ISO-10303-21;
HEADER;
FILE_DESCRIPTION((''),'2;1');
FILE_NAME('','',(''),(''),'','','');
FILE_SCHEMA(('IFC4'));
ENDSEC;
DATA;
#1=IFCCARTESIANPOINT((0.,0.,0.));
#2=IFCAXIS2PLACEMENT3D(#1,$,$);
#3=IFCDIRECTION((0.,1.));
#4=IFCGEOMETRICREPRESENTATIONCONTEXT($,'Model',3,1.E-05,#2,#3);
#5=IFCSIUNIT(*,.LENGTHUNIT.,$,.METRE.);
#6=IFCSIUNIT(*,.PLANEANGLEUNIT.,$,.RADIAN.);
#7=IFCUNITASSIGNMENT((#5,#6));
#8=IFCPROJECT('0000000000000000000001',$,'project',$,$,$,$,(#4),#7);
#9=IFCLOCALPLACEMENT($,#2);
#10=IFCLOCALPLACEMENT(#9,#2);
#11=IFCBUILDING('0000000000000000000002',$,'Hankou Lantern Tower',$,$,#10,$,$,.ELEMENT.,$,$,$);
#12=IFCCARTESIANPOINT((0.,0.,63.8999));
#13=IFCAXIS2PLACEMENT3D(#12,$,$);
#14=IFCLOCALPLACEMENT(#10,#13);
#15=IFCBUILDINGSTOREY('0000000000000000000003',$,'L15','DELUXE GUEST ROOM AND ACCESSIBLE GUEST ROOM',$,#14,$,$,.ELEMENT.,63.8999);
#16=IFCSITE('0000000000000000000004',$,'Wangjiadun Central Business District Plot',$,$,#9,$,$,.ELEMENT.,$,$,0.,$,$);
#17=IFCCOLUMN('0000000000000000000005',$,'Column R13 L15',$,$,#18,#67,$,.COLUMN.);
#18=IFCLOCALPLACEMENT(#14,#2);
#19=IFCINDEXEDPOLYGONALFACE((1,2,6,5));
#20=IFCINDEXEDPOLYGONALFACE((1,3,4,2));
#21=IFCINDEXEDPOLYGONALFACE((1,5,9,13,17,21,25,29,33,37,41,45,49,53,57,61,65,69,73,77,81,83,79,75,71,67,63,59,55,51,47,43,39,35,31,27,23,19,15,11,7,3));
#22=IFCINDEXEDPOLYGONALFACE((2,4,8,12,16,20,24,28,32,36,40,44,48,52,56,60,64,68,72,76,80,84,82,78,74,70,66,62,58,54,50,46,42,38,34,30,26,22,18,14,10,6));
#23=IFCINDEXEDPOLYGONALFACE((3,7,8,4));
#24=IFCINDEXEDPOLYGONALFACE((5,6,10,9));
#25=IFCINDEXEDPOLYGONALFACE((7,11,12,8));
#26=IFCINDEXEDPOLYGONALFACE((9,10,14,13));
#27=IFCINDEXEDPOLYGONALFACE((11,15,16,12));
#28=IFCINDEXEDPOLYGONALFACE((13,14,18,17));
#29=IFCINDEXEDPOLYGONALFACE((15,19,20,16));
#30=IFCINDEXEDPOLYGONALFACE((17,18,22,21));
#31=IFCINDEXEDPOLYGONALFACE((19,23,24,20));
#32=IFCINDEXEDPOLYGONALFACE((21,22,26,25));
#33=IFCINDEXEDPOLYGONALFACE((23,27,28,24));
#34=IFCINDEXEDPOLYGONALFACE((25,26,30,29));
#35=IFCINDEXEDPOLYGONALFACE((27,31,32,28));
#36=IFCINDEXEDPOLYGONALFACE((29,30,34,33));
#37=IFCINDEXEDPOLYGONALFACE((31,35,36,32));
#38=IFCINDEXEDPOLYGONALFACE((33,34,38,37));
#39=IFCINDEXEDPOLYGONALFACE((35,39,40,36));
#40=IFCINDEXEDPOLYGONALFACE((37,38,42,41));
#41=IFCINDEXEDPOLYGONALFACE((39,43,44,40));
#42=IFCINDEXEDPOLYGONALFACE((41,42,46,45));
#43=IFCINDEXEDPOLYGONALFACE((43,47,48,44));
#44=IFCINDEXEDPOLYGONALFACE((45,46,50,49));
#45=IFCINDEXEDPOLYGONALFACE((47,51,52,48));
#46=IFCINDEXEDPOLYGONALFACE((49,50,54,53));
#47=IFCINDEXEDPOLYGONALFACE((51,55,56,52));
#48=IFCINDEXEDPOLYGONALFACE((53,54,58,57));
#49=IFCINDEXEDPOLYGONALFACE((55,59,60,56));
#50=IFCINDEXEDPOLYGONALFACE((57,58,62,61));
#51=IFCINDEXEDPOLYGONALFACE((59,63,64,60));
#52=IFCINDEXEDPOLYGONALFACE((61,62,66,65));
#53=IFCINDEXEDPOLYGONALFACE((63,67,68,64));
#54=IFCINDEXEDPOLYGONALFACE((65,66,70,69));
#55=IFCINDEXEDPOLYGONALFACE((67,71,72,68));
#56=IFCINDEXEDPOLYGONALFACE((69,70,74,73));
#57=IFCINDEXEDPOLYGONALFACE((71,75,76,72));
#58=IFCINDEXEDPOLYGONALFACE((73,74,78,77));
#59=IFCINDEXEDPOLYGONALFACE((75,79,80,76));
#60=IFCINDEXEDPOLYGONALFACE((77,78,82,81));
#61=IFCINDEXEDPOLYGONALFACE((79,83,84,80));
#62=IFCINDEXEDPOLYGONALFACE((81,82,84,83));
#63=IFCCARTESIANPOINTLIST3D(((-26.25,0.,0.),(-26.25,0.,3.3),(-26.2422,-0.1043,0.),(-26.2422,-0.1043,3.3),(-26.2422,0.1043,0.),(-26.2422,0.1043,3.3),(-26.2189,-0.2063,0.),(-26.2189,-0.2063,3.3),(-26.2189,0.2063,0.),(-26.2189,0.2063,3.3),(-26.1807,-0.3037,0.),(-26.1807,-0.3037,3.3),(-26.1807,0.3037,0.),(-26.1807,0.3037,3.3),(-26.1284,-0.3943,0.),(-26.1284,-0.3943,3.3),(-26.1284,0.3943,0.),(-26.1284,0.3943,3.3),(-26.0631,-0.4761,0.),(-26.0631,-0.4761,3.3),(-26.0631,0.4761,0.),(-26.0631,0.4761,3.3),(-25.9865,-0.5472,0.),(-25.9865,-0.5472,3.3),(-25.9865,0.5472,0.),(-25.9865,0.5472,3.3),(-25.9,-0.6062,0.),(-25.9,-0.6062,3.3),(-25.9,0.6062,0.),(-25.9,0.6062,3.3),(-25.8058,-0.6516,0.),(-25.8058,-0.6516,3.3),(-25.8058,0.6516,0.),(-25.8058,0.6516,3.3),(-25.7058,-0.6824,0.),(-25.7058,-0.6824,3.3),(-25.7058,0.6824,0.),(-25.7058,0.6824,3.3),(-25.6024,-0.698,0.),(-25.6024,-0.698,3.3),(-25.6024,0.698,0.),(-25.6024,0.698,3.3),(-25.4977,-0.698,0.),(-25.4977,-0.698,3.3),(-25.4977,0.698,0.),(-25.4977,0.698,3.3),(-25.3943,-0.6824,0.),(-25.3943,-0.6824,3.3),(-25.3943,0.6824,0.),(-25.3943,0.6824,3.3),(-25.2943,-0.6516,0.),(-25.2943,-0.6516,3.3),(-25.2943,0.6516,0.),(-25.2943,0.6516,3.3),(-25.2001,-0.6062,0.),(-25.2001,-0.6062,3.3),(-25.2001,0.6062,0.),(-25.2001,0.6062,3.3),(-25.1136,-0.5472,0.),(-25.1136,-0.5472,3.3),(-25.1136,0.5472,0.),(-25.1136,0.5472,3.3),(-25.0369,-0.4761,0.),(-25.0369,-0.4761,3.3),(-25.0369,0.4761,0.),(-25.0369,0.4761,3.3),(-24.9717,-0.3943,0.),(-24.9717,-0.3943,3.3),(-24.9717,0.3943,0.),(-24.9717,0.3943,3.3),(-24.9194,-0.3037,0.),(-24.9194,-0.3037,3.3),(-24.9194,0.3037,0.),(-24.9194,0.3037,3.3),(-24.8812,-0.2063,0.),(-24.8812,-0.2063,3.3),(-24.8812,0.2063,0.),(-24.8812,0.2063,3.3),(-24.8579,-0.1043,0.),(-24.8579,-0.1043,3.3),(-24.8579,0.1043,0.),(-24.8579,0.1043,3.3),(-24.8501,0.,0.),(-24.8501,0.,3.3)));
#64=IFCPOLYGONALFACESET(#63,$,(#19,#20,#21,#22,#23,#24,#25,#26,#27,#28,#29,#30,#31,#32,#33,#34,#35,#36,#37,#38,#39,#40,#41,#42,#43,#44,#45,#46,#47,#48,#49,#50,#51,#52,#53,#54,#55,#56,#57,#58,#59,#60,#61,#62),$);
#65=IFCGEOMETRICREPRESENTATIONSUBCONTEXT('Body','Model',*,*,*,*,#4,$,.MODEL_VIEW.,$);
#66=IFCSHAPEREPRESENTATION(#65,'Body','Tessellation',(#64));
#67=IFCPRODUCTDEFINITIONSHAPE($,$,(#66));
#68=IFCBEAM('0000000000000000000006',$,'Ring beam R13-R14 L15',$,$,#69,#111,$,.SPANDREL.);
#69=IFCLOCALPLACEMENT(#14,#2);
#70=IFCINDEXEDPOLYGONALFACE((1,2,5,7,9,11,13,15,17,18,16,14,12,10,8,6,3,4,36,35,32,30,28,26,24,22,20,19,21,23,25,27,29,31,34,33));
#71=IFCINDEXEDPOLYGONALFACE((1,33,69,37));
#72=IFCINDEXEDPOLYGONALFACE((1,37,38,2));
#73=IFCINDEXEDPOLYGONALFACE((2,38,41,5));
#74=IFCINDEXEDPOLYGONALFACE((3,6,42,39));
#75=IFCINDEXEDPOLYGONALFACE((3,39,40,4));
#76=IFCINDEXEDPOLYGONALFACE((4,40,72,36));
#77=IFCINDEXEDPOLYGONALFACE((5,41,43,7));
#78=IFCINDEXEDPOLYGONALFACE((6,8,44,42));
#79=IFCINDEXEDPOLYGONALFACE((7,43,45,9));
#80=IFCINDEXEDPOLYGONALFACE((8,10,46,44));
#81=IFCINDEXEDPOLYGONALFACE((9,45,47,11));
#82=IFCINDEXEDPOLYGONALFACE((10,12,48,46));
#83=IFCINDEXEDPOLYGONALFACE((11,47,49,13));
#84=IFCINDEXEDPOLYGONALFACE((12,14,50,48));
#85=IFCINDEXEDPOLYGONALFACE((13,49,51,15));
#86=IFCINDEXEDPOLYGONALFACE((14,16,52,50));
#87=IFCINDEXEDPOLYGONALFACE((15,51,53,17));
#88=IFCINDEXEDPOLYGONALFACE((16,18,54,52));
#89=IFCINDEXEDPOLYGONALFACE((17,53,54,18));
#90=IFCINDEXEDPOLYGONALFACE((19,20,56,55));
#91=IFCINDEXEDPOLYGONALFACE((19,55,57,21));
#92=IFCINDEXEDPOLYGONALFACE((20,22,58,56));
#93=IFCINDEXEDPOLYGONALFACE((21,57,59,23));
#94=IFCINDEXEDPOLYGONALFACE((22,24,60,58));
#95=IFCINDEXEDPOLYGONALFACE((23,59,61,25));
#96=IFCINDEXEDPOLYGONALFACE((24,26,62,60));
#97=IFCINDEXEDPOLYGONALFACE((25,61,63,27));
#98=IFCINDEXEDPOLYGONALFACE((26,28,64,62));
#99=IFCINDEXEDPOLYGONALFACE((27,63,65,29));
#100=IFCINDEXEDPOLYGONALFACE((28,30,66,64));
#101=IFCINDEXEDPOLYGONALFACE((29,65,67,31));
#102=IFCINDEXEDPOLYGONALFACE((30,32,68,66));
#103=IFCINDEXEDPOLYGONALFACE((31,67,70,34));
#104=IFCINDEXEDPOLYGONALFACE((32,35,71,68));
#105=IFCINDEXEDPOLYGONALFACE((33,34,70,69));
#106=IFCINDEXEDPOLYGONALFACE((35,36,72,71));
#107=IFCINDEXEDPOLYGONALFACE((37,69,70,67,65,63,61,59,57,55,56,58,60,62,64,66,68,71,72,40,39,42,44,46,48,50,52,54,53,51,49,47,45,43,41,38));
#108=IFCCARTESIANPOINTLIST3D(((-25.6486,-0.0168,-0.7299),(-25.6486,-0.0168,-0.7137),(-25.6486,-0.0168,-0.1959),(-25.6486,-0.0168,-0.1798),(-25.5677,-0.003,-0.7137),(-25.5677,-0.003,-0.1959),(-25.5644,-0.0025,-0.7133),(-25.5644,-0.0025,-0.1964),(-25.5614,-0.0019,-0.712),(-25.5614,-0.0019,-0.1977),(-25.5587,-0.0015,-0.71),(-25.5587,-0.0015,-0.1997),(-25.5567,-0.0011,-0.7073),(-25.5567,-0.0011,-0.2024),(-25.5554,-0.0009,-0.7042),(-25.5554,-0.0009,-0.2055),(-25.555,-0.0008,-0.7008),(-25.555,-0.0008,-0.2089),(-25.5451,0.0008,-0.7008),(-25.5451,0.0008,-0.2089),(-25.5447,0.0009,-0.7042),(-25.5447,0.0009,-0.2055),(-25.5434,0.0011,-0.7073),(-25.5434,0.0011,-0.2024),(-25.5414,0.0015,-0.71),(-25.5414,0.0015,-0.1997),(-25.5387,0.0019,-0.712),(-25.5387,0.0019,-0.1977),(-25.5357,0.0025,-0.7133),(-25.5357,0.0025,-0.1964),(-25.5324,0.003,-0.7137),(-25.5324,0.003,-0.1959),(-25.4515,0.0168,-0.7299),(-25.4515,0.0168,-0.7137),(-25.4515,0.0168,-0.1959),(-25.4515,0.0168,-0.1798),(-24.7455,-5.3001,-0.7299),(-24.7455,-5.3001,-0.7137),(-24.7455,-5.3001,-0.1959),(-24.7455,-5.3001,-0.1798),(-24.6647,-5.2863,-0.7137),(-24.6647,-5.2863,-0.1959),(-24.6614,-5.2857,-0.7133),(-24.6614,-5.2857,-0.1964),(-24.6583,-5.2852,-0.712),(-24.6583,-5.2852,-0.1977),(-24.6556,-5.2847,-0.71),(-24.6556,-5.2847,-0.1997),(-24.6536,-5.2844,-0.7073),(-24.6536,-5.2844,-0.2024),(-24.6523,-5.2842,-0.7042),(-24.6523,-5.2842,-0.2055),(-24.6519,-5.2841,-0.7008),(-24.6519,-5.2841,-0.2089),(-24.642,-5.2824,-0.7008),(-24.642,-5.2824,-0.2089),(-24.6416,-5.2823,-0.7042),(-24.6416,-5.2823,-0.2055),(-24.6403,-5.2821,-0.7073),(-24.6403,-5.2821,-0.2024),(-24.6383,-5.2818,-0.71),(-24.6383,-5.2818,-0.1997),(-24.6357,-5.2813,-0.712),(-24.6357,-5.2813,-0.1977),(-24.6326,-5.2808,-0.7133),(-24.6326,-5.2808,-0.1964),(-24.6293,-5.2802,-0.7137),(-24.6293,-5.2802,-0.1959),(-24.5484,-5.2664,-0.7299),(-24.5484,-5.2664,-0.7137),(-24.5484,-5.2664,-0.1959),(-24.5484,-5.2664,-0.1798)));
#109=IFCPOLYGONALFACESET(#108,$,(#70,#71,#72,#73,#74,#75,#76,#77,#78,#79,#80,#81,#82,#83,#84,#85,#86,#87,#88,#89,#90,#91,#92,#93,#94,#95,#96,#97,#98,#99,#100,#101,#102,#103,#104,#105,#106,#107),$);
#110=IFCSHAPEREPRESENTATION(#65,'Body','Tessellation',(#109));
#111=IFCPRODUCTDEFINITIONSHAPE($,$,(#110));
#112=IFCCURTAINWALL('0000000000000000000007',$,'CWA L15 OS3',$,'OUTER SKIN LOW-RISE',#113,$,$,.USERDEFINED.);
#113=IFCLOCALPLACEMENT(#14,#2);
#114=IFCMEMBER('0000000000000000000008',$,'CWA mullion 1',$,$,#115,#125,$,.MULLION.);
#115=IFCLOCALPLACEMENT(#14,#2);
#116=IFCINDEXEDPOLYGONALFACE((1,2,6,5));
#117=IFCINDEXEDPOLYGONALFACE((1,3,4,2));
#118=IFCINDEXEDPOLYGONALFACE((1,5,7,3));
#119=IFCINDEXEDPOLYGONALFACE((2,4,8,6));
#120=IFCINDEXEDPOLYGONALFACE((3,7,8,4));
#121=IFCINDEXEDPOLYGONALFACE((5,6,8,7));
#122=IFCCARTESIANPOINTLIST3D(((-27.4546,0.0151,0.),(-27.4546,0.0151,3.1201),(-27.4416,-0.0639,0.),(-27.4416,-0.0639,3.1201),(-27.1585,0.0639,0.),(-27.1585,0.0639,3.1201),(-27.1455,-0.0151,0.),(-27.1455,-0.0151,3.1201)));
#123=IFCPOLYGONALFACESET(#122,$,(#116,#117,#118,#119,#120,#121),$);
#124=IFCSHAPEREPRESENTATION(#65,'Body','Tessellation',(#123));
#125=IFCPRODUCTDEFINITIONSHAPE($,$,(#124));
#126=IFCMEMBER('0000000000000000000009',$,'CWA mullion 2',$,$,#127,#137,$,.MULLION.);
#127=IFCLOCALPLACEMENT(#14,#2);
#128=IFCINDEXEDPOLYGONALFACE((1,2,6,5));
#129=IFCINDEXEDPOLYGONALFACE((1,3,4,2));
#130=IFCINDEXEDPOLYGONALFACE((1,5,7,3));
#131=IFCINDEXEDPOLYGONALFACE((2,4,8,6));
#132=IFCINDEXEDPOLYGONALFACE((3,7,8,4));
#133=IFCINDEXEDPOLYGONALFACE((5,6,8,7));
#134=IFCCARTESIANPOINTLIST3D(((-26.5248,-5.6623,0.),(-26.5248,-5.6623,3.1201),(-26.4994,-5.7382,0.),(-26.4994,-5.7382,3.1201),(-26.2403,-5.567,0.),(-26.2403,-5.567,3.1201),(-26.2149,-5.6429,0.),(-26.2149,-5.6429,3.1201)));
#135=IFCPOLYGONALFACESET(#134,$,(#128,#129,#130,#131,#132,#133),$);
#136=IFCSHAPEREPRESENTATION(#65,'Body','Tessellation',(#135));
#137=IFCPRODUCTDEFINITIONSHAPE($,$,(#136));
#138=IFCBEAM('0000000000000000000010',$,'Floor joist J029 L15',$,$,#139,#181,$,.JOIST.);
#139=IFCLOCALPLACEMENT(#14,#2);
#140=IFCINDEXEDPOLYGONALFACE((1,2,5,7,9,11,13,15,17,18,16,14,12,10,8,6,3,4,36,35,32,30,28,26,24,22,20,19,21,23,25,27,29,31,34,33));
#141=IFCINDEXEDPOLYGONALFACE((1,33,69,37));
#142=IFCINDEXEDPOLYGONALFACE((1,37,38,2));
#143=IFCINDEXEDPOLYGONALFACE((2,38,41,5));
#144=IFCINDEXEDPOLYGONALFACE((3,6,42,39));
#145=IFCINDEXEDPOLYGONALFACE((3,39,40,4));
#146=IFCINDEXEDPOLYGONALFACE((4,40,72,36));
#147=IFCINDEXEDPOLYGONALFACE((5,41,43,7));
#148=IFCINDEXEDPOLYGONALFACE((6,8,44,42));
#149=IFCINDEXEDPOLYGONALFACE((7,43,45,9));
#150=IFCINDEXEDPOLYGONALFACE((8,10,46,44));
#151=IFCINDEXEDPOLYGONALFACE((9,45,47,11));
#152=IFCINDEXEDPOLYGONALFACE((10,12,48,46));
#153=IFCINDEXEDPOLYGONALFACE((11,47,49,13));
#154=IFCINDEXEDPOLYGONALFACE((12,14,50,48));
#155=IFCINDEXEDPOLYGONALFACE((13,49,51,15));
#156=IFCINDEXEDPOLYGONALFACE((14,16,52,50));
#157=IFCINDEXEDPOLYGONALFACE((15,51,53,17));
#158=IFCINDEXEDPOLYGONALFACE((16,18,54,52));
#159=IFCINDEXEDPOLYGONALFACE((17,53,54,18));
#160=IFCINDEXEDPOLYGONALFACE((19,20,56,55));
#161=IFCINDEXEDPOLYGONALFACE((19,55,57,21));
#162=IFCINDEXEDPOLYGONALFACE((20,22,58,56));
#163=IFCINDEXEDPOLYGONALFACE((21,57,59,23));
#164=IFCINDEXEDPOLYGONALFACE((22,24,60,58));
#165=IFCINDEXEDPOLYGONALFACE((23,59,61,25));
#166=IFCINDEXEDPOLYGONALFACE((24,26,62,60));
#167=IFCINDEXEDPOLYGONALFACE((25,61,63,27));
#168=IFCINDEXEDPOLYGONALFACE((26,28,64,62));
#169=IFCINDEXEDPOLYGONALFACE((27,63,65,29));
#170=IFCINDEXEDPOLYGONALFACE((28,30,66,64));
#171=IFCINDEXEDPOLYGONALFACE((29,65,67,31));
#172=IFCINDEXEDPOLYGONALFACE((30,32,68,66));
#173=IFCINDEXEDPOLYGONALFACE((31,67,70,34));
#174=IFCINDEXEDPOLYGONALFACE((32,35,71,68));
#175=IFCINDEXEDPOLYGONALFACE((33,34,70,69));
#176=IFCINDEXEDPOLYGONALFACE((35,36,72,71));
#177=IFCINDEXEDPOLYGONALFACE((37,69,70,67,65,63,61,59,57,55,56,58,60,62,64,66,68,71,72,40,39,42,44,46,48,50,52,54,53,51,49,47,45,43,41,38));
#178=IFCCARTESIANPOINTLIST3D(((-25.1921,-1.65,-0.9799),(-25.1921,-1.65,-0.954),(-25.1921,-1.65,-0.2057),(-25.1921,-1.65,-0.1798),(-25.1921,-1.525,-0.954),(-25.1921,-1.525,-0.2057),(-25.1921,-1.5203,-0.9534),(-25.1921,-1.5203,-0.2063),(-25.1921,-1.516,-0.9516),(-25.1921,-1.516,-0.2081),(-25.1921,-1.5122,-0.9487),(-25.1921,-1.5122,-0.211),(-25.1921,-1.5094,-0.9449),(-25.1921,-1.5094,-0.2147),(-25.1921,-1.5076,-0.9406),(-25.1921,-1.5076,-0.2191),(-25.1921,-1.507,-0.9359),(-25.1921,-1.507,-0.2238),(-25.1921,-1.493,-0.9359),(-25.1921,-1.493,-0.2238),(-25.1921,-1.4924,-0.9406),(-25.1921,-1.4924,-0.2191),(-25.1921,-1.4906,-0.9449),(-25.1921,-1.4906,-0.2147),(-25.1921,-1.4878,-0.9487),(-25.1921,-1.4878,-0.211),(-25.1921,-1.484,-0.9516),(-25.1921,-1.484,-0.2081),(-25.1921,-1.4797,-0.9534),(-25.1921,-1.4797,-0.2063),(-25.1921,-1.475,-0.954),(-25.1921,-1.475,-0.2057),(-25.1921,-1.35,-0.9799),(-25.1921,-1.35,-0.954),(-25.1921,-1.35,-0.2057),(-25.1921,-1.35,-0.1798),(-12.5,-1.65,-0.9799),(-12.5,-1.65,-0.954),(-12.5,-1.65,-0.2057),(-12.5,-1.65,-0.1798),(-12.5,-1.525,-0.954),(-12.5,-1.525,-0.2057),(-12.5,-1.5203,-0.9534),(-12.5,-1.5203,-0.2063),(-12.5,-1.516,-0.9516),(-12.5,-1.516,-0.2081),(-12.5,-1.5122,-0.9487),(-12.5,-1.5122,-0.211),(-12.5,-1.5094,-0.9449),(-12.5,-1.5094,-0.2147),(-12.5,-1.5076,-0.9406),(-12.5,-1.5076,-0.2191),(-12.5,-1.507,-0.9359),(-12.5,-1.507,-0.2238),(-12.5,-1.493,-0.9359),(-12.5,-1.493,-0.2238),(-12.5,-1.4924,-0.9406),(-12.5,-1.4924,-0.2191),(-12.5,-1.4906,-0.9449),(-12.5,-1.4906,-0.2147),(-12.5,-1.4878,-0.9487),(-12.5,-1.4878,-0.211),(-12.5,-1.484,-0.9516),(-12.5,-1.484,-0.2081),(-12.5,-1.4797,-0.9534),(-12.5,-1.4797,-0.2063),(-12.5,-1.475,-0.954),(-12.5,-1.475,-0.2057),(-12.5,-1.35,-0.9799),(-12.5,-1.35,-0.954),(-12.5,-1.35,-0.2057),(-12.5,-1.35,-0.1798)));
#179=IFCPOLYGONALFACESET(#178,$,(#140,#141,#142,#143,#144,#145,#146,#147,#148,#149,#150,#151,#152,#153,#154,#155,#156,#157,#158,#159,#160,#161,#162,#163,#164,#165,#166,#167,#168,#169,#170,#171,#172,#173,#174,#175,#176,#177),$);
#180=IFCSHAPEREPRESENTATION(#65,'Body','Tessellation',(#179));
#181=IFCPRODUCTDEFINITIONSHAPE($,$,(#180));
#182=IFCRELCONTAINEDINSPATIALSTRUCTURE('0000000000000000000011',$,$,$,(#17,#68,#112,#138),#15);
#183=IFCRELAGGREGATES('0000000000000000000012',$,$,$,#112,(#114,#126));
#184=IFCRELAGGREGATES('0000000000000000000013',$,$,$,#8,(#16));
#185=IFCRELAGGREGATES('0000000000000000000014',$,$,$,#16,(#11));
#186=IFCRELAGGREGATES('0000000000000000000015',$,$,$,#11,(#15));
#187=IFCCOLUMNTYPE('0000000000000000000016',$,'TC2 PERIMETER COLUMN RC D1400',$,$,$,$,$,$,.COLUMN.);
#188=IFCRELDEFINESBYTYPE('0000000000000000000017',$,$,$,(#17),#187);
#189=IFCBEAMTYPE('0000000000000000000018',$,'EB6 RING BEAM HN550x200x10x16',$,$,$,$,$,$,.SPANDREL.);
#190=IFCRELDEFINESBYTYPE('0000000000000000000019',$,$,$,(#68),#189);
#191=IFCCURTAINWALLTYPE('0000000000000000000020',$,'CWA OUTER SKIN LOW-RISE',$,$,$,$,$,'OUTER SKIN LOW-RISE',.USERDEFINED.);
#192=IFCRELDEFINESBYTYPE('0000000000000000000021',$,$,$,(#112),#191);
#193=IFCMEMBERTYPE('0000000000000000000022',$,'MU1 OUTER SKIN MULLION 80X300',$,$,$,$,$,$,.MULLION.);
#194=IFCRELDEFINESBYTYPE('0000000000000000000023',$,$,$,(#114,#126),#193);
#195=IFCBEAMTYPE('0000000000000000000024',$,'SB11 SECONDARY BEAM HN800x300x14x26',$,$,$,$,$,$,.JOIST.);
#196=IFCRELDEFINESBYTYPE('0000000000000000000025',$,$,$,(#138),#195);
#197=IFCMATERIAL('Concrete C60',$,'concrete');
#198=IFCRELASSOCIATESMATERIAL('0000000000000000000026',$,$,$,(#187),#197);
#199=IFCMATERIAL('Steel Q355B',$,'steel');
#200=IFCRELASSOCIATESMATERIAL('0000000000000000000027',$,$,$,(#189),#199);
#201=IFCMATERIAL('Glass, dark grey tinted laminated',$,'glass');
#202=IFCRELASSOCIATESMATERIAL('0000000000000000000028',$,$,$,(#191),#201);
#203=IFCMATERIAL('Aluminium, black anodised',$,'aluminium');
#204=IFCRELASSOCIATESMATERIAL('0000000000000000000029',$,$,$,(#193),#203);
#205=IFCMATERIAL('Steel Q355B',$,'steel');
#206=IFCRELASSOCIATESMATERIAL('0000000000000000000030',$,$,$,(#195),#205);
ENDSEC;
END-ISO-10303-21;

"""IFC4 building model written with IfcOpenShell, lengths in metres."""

from ifc_helpers import new_model, si_unit, direction, frame, origin, origin_2d, place, context, subcontext, project, spatial, rectangle, circle, i_section, extrude, material, material_profile, profile_set, type_object, element, aggregate, save


model = new_model("IFC4")

# Units and contexts
model_context = context("Model", 3, precision=1e-05, world=origin(), true_north=direction((0.0, 1.0)))
body_context = subcontext(model_context, "Body", "Model", "MODEL_VIEW")
ifc_project = project(units=[si_unit("LENGTHUNIT", "METRE"), si_unit("PLANEANGLEUNIT", "RADIAN")], contexts=[model_context])

# Site, building, storey
site_placement = place(None, origin())
site = spatial("IfcSite", under=ifc_project, at=site_placement, Name="Wangjiadun Central Business District Plot", CompositionType="ELEMENT", RefElevation=0.0)
building_placement = place(site_placement, origin())
building = spatial("IfcBuilding", under=site, at=building_placement, Name="Hankou Lantern Tower", CompositionType="ELEMENT")
storey_placement = place(building_placement, frame((0.0, 0.0, 63.8999)))
storey = spatial("IfcBuildingStorey", under=building, at=storey_placement, Name="L15", Description="DELUXE GUEST ROOM AND ACCESSIBLE GUEST ROOM", CompositionType="ELEMENT", Elevation=63.8999)

# Column
ifc_material_1 = material(Name="Concrete C60", Category="concrete")
ifc_material_profile_1 = material_profile(ifc_material_1, circle(Radius=0.7, at=origin_2d()), Name="RC D1400")
ifc_profile_set_1 = profile_set([ifc_material_profile_1], Name="Concrete C60")
column_type = type_object("IfcColumnType", Name="TC2 PERIMETER COLUMN RC D1400", PredefinedType="COLUMN", material=ifc_profile_set_1)
column_placement = place(storey_placement, frame((-25.55, 0.0, 0.0), z_axis=(0.0, 0.0, 1.0), x_axis=(1.0, 0.0, 0.0)))
element("IfcColumn", 1, at=column_placement, inside=storey, type_object=column_type, Name="Column R13 L15", PredefinedType="COLUMN", context=body_context, shape_type="SweptSolid", body=[
    extrude(circle(Radius=0.7, at=origin_2d()), origin(), (0.0, 0.0, 1.0), 3.3),
])

# Beam
ifc_material_2 = material(Name="Steel Q355B", Category="steel")
ifc_material_profile_2 = material_profile(ifc_material_2, i_section(OverallWidth=0.2, OverallDepth=0.55, WebThickness=0.01, FlangeThickness=0.0161, FilletRadius=0.0129, at=origin_2d()), Name="HN550x200x10x16")
ifc_profile_set_2 = profile_set([ifc_material_profile_2], Name="Steel Q355B")
beam_type_1 = type_object("IfcBeamType", Name="EB6 RING BEAM HN550x200x10x16", PredefinedType="SPANDREL", material=ifc_profile_set_2)
beam_placement = place(storey_placement, frame((-25.55, 0.0, -0.4548), z_axis=(0.16849, -0.985703, 0.0), x_axis=(0.985703, 0.16849, 0.0)))
element("IfcBeam", 2, at=beam_placement, inside=storey, type_object=beam_type_1, Name="Ring beam R13-R14 L15", PredefinedType="SPANDREL", context=body_context, shape_type="SweptSolid", body=[
    extrude(i_section(OverallWidth=0.2, OverallDepth=0.55, WebThickness=0.01, FlangeThickness=0.0161, FilletRadius=0.0129, at=origin_2d()), origin(), (0.0, 0.0, 1.0), 5.3599),
])

# Curtain wall, members
ifc_material_3 = material(Name="Glass, dark grey tinted laminated", Category="glass")
curtain_wall_type = type_object("IfcCurtainWallType", Name="CWA OUTER SKIN LOW-RISE", ElementType="OUTER SKIN LOW-RISE", PredefinedType="USERDEFINED", material=ifc_material_3)
curtain_wall_1_placement = place(storey_placement, origin())
curtain_wall_1 = element("IfcCurtainWall", 3, at=curtain_wall_1_placement, inside=storey, type_object=curtain_wall_type, Name="CWA L15 OS3", ObjectType="OUTER SKIN LOW-RISE", PredefinedType="USERDEFINED")
ifc_material_4 = material(Name="Aluminium, black anodised", Category="aluminium")
ifc_material_profile_3 = material_profile(ifc_material_4, rectangle(XDim=0.0801, YDim=0.3, at=origin_2d()), Name="MU1 80X300")
ifc_profile_set_3 = profile_set([ifc_material_profile_3], Name="Aluminium, black anodised")
member_type_1 = type_object("IfcMemberType", Name="MU1 OUTER SKIN MULLION 80X300", PredefinedType="MULLION", material=ifc_profile_set_3)
member_1_placement = place(storey_placement, frame((-27.3, 0.0, 0.0), z_axis=(0.0, 0.0, 1.0), x_axis=(0.162382, -0.986728, 0.0)))
member_1 = element("IfcMember", 4, at=member_1_placement, type_object=member_type_1, Name="CWA mullion 1", PredefinedType="MULLION", context=body_context, shape_type="SweptSolid", body=[
    extrude(rectangle(XDim=0.0801, YDim=0.3, at=origin_2d()), origin(), (0.0, 0.0, 1.0), 3.1201),
])
member_2_placement = place(storey_placement, frame((-26.3699, -5.6526, 0.0), z_axis=(0.0, 0.0, 1.0), x_axis=(0.317596, -0.948226, 0.0)))
member_2 = element("IfcMember", 5, at=member_2_placement, type_object=member_type_1, Name="CWA mullion 2", PredefinedType="MULLION", context=body_context, shape_type="SweptSolid", body=[
    extrude(rectangle(XDim=0.0801, YDim=0.3, at=origin_2d()), origin(), (0.0, 0.0, 1.0), 3.1201),
])

# Beam
ifc_material_5 = material(Name="Steel Q355B", Category="steel")
ifc_material_profile_4 = material_profile(ifc_material_5, i_section(OverallWidth=0.3, OverallDepth=0.8, WebThickness=0.0139, FlangeThickness=0.0259, FilletRadius=0.0181, at=origin_2d()), Name="HN800x300x14x26")
ifc_profile_set_4 = profile_set([ifc_material_profile_4], Name="Steel Q355B")
beam_type_2 = type_object("IfcBeamType", Name="SB11 SECONDARY BEAM HN800x300x14x26", PredefinedType="JOIST", material=ifc_profile_set_4)
for number, where, z_axis, x_axis, name in (
    (6, (-25.1921, -1.5, -0.5798), (1.0, 0.0, 0.0), (0.0, 1.0, 0.0), "Floor joist J029 L15"),
):
    element("IfcBeam", number, at=place(storey_placement, frame(where, z_axis=z_axis, x_axis=x_axis)), inside=storey, type_object=beam_type_2, Name=name, PredefinedType="JOIST", context=body_context, shape_type="SweptSolid", body=[
        extrude(i_section(OverallWidth=0.3, OverallDepth=0.8, WebThickness=0.0139, FlangeThickness=0.0259, FilletRadius=0.0181, at=origin_2d()), origin(), (0.0, 0.0, 1.0), 12.6921),
    ])

aggregate(curtain_wall_1, [member_1, member_2])

save(model, "model.ifc")
